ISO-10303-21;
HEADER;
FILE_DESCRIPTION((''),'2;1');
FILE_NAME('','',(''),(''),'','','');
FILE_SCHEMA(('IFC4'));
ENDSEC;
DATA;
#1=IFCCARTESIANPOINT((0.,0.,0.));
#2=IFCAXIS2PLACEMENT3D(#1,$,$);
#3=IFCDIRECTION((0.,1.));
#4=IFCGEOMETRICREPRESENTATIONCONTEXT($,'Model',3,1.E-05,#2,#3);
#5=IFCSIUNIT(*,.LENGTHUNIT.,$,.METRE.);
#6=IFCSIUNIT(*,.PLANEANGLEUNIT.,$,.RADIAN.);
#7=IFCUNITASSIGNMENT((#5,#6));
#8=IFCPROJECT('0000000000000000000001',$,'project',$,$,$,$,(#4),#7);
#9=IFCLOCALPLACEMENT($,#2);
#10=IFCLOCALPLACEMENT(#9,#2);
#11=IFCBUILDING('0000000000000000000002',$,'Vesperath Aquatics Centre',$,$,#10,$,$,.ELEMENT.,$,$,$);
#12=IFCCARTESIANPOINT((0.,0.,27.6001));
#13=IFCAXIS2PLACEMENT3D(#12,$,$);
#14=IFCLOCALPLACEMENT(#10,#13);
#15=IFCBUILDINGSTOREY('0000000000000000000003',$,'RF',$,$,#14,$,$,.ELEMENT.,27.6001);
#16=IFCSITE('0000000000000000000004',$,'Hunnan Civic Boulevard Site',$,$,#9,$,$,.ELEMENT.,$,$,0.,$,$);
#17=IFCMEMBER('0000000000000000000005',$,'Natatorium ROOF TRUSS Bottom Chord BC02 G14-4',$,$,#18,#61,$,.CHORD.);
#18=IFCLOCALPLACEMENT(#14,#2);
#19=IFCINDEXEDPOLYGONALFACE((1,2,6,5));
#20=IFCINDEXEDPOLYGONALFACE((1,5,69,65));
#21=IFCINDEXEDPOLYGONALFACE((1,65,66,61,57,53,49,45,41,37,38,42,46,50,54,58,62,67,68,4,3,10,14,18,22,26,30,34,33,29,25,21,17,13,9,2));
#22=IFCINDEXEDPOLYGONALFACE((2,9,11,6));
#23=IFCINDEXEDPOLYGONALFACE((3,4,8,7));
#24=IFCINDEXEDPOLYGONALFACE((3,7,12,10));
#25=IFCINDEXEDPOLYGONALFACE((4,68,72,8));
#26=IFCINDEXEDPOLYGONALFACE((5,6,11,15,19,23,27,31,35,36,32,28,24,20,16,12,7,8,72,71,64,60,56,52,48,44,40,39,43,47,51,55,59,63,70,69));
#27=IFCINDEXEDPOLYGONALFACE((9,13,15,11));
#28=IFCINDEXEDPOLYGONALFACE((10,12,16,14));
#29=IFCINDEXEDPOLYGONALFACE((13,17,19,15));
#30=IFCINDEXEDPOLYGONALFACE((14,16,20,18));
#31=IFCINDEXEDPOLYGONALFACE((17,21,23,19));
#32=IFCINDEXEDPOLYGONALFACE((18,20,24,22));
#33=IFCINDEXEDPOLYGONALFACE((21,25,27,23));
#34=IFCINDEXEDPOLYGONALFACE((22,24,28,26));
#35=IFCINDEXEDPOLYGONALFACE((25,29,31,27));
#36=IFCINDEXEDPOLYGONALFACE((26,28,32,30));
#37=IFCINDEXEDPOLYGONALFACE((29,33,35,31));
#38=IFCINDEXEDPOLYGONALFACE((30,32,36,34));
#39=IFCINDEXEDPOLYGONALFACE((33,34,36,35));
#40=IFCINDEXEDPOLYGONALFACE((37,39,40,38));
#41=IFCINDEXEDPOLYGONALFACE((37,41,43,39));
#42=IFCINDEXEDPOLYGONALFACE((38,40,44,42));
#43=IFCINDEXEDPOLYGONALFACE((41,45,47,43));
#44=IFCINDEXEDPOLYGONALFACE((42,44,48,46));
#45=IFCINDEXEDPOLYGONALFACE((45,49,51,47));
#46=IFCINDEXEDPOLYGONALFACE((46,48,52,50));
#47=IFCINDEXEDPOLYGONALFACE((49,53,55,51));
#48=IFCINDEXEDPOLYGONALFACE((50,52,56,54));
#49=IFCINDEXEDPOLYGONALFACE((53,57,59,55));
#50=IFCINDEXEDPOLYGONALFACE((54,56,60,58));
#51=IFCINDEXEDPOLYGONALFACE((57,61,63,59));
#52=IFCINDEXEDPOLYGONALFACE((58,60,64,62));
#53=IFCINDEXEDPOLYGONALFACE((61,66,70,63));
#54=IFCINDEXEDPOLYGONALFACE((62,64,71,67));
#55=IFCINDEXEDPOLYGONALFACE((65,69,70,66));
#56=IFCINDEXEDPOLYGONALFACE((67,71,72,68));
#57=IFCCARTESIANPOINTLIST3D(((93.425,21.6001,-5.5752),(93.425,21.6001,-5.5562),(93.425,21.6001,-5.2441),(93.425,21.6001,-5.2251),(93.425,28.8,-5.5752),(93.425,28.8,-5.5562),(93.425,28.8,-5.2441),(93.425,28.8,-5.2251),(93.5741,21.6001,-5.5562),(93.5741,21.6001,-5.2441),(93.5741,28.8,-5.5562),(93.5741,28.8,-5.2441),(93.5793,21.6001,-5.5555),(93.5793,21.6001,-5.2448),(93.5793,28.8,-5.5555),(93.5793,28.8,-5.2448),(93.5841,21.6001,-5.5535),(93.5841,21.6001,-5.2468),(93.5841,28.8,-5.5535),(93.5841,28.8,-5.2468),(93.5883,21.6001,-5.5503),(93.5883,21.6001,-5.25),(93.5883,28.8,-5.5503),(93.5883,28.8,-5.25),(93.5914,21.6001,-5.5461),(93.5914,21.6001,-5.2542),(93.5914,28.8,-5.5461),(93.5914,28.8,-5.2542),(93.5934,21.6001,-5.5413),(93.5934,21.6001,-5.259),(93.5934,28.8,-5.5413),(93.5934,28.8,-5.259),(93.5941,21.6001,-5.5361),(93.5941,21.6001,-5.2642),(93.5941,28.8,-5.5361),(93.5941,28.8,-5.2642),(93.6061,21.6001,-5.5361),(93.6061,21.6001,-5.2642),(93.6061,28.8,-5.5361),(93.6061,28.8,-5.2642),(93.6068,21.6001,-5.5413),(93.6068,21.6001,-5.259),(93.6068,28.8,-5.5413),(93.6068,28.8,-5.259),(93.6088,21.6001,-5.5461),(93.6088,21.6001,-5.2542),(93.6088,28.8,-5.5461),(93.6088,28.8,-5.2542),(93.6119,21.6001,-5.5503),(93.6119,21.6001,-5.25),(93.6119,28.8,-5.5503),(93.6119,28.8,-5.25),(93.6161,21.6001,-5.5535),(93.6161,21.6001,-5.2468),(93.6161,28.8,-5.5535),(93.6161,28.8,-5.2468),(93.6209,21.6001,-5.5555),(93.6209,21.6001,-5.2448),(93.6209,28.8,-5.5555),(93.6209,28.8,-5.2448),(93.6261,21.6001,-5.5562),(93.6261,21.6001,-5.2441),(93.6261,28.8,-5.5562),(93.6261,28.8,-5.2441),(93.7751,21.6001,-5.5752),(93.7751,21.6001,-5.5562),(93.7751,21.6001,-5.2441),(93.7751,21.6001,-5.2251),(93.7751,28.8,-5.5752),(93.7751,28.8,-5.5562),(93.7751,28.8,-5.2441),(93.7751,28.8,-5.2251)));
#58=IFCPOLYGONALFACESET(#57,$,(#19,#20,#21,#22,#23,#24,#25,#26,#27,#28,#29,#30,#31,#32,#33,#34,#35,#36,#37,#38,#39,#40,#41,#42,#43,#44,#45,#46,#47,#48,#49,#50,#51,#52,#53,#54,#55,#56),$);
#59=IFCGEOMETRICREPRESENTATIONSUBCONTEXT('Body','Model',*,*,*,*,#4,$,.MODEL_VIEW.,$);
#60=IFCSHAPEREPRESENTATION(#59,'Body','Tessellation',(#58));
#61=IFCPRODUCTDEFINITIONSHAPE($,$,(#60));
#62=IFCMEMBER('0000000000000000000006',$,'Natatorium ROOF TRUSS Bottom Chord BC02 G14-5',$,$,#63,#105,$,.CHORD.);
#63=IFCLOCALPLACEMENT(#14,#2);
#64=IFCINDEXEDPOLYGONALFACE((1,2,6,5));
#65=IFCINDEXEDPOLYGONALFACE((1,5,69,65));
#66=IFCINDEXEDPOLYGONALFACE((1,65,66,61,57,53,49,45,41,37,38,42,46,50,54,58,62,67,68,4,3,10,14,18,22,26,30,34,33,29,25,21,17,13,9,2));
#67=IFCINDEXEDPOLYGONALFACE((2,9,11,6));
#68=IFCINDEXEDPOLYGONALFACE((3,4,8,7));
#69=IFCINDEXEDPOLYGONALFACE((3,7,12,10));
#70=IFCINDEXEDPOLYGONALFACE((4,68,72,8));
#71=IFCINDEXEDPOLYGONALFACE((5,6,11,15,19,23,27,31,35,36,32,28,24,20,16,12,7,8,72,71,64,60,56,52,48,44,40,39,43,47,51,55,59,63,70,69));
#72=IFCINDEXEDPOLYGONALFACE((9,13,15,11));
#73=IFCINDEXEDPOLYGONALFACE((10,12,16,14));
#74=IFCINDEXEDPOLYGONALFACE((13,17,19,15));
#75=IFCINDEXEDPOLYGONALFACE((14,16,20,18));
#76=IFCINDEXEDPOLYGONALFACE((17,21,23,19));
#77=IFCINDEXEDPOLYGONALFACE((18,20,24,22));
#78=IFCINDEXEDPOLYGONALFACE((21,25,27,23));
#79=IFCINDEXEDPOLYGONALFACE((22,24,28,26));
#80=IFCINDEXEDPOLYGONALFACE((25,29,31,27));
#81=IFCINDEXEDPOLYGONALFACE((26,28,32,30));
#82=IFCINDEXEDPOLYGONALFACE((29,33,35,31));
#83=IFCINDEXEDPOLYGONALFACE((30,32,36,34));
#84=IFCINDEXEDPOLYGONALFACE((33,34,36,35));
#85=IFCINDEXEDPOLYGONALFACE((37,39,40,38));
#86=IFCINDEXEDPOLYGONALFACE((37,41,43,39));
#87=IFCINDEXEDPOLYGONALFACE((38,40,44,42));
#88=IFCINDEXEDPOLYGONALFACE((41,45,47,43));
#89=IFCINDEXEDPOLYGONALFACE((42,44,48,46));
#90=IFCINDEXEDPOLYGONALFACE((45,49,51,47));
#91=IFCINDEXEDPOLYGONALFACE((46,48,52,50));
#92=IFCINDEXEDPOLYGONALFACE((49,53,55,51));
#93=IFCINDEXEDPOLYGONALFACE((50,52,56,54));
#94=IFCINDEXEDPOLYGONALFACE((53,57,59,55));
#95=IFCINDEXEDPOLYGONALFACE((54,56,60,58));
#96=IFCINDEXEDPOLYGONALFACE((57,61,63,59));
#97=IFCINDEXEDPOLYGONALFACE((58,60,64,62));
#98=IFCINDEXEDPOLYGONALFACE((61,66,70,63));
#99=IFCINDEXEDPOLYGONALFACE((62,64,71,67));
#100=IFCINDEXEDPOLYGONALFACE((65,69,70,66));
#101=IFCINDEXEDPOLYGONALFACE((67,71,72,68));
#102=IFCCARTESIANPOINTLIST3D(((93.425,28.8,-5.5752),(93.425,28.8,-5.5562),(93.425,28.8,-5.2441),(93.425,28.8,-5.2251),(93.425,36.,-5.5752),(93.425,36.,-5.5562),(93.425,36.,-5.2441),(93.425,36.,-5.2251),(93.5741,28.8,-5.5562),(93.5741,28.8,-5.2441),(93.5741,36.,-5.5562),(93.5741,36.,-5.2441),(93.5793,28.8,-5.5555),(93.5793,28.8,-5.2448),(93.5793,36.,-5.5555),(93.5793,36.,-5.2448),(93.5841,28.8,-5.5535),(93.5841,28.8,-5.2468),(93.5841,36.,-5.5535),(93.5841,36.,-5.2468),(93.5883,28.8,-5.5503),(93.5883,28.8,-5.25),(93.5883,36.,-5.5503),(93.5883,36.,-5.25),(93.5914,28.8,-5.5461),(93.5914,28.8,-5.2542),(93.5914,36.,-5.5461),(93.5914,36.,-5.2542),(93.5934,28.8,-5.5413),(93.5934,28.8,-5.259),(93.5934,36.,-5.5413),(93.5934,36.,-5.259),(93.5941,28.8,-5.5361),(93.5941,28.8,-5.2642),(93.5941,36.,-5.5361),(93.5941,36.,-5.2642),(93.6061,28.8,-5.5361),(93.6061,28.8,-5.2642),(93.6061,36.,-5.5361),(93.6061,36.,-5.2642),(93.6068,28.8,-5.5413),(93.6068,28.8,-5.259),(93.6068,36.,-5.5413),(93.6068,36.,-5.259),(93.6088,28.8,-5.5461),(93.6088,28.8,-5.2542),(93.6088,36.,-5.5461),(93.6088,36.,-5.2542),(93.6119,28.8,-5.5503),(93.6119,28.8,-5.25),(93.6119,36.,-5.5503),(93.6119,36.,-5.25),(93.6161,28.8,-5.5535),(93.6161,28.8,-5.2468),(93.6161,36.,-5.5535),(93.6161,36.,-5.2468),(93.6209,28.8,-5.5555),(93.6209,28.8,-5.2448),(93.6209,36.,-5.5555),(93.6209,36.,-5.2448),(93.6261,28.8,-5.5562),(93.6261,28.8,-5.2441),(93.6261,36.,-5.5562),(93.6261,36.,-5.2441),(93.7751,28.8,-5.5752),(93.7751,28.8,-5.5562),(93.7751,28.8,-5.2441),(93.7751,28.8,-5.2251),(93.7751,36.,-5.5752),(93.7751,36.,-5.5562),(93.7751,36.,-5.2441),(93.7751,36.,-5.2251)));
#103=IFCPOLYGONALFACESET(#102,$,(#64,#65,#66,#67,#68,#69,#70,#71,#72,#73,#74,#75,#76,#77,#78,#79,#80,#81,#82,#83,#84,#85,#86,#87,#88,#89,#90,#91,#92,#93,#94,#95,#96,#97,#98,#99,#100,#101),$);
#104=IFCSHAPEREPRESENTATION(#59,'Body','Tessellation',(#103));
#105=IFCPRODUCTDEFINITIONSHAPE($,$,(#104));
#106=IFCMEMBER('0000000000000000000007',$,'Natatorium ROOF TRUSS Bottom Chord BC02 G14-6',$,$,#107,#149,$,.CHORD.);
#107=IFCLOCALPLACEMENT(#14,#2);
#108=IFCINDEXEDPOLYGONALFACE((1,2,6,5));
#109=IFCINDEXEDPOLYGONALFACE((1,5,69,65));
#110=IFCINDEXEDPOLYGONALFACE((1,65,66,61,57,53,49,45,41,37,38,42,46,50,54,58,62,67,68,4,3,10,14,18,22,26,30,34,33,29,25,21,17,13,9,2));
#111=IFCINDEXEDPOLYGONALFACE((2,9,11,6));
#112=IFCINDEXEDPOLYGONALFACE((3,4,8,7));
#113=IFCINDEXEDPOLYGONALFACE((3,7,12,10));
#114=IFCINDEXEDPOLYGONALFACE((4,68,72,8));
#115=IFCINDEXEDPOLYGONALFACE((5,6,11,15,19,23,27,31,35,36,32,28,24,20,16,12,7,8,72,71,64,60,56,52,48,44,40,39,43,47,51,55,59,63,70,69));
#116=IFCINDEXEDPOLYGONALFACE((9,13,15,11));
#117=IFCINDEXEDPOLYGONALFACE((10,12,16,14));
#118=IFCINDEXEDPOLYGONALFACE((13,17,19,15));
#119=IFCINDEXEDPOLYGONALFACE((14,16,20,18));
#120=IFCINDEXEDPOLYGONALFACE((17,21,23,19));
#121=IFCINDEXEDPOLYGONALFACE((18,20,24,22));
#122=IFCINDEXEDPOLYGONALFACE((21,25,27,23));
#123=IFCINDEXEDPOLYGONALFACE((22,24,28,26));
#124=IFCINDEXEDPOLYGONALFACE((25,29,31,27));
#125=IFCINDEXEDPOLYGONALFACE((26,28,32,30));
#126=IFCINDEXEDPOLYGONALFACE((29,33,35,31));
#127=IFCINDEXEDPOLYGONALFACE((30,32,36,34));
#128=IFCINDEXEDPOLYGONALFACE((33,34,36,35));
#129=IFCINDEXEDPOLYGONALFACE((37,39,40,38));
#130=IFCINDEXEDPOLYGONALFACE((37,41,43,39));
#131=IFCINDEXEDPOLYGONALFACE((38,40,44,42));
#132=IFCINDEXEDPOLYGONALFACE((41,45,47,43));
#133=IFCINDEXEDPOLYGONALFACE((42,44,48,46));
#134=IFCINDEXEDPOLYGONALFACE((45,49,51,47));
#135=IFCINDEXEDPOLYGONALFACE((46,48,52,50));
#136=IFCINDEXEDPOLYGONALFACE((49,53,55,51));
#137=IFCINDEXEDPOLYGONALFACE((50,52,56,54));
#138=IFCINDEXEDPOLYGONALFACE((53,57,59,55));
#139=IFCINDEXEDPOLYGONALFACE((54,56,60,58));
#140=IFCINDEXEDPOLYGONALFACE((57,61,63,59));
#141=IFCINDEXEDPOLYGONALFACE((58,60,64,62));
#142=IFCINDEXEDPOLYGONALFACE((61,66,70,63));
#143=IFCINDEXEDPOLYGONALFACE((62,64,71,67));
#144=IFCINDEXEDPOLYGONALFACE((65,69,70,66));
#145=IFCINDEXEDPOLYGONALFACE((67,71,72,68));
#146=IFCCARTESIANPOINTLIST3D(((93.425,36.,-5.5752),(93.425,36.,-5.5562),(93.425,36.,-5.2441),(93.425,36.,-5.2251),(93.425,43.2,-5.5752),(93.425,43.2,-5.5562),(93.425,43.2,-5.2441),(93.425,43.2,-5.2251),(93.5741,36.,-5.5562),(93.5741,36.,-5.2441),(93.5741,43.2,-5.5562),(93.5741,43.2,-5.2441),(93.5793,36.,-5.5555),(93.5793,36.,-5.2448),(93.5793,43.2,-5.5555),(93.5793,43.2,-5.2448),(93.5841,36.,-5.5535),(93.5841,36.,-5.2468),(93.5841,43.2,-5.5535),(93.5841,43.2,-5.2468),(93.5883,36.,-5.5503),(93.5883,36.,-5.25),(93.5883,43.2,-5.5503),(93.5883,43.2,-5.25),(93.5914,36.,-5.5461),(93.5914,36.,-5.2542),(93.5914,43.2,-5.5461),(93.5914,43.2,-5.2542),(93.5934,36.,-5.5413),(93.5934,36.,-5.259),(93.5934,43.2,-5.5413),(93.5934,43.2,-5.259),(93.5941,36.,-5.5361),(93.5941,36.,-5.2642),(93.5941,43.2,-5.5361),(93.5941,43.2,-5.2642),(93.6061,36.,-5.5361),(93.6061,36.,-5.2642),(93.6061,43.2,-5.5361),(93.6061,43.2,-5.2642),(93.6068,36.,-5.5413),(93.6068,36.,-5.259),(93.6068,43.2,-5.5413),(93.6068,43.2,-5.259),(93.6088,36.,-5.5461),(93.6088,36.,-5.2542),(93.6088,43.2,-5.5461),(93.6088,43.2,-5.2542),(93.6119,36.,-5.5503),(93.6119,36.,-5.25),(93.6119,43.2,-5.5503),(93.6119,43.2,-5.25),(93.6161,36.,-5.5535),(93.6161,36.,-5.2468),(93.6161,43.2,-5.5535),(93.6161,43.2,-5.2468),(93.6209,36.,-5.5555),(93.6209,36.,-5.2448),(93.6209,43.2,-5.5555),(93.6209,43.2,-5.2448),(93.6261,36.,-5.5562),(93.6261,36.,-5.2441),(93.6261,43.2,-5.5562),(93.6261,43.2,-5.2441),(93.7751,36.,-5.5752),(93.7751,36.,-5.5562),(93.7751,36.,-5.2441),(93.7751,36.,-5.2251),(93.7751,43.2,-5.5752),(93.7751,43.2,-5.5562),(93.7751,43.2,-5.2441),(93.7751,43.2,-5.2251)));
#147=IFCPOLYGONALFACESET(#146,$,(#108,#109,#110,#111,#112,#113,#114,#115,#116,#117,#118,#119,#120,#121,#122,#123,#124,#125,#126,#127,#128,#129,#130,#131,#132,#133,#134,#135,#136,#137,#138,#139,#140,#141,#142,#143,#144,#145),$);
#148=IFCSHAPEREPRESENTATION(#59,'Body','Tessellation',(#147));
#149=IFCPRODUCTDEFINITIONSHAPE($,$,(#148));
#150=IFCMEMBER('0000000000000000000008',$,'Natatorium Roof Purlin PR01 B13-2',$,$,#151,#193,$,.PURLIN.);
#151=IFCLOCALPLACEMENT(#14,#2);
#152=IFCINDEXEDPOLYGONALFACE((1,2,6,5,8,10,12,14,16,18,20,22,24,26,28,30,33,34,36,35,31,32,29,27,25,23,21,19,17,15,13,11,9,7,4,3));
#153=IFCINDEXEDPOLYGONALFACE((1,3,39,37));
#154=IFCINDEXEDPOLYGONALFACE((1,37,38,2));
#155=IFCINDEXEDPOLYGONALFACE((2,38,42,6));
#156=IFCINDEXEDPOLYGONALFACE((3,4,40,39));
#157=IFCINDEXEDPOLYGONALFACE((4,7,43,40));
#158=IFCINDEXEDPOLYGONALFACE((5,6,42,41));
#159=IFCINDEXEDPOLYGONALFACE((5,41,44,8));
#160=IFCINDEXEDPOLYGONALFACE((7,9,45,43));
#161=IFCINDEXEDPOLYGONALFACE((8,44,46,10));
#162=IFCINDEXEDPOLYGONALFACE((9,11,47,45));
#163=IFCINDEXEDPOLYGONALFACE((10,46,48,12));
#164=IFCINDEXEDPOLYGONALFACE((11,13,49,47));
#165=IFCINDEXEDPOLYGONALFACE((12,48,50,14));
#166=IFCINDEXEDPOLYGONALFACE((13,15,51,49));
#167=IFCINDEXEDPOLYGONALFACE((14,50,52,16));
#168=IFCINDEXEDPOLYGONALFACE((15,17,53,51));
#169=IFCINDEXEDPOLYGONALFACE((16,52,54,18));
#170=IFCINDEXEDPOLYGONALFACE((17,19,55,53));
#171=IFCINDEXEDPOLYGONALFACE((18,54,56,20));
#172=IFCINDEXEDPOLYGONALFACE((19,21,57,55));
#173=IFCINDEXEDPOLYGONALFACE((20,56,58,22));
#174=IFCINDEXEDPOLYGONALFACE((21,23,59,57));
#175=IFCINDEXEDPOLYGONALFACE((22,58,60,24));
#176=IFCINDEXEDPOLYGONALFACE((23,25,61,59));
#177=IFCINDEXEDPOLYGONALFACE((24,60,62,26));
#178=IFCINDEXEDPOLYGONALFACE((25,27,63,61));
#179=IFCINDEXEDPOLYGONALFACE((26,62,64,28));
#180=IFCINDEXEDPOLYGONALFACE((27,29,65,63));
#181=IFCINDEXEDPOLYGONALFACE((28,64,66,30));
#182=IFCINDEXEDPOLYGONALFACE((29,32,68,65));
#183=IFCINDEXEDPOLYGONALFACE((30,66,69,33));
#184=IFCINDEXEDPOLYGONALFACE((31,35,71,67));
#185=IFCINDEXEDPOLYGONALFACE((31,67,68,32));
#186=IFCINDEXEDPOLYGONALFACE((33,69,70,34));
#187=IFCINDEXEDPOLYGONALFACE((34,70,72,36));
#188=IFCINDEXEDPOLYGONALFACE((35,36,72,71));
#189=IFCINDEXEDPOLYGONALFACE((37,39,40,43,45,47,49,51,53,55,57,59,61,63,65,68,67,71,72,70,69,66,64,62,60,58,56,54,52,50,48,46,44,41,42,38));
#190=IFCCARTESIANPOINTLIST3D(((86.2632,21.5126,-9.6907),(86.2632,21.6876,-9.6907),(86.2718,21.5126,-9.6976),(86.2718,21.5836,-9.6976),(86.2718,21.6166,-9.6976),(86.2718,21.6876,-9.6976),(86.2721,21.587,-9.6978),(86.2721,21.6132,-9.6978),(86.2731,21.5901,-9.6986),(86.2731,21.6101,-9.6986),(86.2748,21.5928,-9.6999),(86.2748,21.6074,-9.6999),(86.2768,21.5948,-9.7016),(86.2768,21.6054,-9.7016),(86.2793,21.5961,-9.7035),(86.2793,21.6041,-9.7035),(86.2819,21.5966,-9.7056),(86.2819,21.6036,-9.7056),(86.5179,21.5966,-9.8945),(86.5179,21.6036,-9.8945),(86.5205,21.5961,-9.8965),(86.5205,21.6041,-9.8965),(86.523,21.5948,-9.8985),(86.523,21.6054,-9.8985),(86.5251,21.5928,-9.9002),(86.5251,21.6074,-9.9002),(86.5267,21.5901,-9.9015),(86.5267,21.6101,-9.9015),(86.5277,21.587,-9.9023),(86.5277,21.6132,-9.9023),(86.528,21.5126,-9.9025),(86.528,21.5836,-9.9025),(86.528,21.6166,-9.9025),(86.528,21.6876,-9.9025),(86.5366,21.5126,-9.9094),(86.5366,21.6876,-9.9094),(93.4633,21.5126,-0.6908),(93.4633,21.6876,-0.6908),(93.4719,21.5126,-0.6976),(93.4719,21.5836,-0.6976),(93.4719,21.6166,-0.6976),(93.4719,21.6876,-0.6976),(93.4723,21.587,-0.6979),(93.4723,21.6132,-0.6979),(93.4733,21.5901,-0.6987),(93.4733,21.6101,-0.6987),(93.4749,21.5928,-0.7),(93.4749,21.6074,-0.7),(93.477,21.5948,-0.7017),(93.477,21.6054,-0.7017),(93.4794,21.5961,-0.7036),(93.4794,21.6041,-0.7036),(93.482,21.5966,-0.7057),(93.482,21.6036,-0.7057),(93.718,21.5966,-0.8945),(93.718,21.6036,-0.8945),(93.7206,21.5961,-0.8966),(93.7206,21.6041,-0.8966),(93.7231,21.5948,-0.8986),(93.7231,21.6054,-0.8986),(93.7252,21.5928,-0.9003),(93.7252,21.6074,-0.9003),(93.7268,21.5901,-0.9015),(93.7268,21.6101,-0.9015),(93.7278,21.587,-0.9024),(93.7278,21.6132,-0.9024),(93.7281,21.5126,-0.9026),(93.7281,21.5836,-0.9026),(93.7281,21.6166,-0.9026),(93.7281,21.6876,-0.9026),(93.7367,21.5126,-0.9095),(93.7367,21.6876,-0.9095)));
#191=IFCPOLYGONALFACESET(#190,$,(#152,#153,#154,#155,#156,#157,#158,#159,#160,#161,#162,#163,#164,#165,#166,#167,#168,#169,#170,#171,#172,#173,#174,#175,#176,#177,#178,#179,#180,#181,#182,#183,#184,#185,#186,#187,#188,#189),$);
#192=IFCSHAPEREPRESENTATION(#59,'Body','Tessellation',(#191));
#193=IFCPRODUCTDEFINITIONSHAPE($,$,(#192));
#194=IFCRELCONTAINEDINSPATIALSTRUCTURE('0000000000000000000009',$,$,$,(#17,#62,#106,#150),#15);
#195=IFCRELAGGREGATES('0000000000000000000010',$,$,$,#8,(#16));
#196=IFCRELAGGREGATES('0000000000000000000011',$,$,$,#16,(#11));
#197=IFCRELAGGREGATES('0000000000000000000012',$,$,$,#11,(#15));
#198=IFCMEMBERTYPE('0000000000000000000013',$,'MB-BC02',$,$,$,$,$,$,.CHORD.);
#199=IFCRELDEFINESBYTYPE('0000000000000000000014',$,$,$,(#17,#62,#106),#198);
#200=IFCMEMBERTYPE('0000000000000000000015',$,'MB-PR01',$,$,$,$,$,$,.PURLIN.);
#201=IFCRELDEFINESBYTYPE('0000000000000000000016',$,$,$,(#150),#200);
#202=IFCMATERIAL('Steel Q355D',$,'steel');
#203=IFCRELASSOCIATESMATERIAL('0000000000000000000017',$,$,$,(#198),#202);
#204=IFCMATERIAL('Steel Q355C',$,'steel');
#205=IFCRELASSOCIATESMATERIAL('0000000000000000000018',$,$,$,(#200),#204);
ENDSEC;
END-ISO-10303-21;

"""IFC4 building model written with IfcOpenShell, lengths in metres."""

from ifc_helpers import new_model, si_unit, direction, frame, origin, origin_2d, place, context, subcontext, project, spatial, i_section, extrude, material, material_profile, profile_set, type_object, element, save


model = new_model("IFC4")

# Units and contexts
model_context = context("Model", 3, precision=1e-05, world=origin(), true_north=direction((0.0, 1.0)))
body_context = subcontext(model_context, "Body", "Model", "MODEL_VIEW")
ifc_project = project(units=[si_unit("LENGTHUNIT", "METRE"), si_unit("PLANEANGLEUNIT", "RADIAN")], contexts=[model_context])

# Site, building, storey
site_placement = place(None, origin())
site = spatial("IfcSite", under=ifc_project, at=site_placement, Name="Hunnan Civic Boulevard Site", CompositionType="ELEMENT", RefElevation=0.0)
building_placement = place(site_placement, origin())
building = spatial("IfcBuilding", under=site, at=building_placement, Name="Vesperath Aquatics Centre", CompositionType="ELEMENT")
storey_placement = place(building_placement, frame((0.0, 0.0, 27.6001)))
storey = spatial("IfcBuildingStorey", under=building, at=storey_placement, Name="RF", CompositionType="ELEMENT", Elevation=27.6001)

# Shared definitions
ifc_material_1 = material(Name="Steel Q355C", Category="steel")

# Members
ifc_material_2 = material(Name="Steel Q355D", Category="steel")
ifc_material_profile_1 = material_profile(ifc_material_2, i_section(OverallWidth=0.3501, OverallDepth=0.3501, WebThickness=0.012, FlangeThickness=0.019, FilletRadius=0.02, at=origin_2d()), Name="HW 350x350x12x19")
ifc_profile_set_1 = profile_set([ifc_material_profile_1], Name="Steel Q355D")
member_type_1 = type_object("IfcMemberType", Name="MB-BC02", PredefinedType="CHORD", material=ifc_profile_set_1)
for number, where, z_axis, x_axis, name in (
    (1, (93.6001, 21.6001, -5.4001), (0.0, 1.0, 0.0), (-1.0, 0.0, 0.0), "Natatorium ROOF TRUSS Bottom Chord BC02 G14-4"),
    (2, (93.6001, 28.8, -5.4001), (0.0, 1.0, 0.0), (-1.0, 0.0, 0.0), "Natatorium ROOF TRUSS Bottom Chord BC02 G14-5"),
    (3, (93.6001, 36.0, -5.4001), (0.0, 1.0, 0.0), (-1.0, 0.0, 0.0), "Natatorium ROOF TRUSS Bottom Chord BC02 G14-6"),
):
    element("IfcMember", number, at=place(storey_placement, frame(where, z_axis=z_axis, x_axis=x_axis)), inside=storey, type_object=member_type_1, Name=name, PredefinedType="CHORD", context=body_context, shape_type="SweptSolid", body=[
        extrude(i_section(OverallWidth=0.3501, OverallDepth=0.3501, WebThickness=0.012, FlangeThickness=0.019, FilletRadius=0.02, at=origin_2d()), origin(), (0.0, 0.0, 1.0), 7.2),
    ])
ifc_material_profile_2 = material_profile(ifc_material_1, i_section(OverallWidth=0.175, OverallDepth=0.3501, WebThickness=0.0071, FlangeThickness=0.011, FilletRadius=0.0129, at=origin_2d()), Name="HN 350x175x7x11")
ifc_profile_set_2 = profile_set([ifc_material_profile_2], Name="Steel Q355C")
member_type_2 = type_object("IfcMemberType", Name="MB-PR01", PredefinedType="PURLIN", material=ifc_profile_set_2)
for number, where, z_axis, x_axis, name in (
    (4, (86.3999, 21.6001, -9.8), (0.624705, 0.0, 0.780861), (0.0, 1.0, 0.0), "Natatorium Roof Purlin PR01 B13-2"),
):
    element("IfcMember", number, at=place(storey_placement, frame(where, z_axis=z_axis, x_axis=x_axis)), inside=storey, type_object=member_type_2, Name=name, PredefinedType="PURLIN", context=body_context, shape_type="SweptSolid", body=[
        extrude(i_section(OverallWidth=0.175, OverallDepth=0.3501, WebThickness=0.0071, FlangeThickness=0.011, FilletRadius=0.0129, at=origin_2d()), origin(), (0.0, 0.0, 1.0), 11.5256),
    ])

save(model, "model.ifc")
